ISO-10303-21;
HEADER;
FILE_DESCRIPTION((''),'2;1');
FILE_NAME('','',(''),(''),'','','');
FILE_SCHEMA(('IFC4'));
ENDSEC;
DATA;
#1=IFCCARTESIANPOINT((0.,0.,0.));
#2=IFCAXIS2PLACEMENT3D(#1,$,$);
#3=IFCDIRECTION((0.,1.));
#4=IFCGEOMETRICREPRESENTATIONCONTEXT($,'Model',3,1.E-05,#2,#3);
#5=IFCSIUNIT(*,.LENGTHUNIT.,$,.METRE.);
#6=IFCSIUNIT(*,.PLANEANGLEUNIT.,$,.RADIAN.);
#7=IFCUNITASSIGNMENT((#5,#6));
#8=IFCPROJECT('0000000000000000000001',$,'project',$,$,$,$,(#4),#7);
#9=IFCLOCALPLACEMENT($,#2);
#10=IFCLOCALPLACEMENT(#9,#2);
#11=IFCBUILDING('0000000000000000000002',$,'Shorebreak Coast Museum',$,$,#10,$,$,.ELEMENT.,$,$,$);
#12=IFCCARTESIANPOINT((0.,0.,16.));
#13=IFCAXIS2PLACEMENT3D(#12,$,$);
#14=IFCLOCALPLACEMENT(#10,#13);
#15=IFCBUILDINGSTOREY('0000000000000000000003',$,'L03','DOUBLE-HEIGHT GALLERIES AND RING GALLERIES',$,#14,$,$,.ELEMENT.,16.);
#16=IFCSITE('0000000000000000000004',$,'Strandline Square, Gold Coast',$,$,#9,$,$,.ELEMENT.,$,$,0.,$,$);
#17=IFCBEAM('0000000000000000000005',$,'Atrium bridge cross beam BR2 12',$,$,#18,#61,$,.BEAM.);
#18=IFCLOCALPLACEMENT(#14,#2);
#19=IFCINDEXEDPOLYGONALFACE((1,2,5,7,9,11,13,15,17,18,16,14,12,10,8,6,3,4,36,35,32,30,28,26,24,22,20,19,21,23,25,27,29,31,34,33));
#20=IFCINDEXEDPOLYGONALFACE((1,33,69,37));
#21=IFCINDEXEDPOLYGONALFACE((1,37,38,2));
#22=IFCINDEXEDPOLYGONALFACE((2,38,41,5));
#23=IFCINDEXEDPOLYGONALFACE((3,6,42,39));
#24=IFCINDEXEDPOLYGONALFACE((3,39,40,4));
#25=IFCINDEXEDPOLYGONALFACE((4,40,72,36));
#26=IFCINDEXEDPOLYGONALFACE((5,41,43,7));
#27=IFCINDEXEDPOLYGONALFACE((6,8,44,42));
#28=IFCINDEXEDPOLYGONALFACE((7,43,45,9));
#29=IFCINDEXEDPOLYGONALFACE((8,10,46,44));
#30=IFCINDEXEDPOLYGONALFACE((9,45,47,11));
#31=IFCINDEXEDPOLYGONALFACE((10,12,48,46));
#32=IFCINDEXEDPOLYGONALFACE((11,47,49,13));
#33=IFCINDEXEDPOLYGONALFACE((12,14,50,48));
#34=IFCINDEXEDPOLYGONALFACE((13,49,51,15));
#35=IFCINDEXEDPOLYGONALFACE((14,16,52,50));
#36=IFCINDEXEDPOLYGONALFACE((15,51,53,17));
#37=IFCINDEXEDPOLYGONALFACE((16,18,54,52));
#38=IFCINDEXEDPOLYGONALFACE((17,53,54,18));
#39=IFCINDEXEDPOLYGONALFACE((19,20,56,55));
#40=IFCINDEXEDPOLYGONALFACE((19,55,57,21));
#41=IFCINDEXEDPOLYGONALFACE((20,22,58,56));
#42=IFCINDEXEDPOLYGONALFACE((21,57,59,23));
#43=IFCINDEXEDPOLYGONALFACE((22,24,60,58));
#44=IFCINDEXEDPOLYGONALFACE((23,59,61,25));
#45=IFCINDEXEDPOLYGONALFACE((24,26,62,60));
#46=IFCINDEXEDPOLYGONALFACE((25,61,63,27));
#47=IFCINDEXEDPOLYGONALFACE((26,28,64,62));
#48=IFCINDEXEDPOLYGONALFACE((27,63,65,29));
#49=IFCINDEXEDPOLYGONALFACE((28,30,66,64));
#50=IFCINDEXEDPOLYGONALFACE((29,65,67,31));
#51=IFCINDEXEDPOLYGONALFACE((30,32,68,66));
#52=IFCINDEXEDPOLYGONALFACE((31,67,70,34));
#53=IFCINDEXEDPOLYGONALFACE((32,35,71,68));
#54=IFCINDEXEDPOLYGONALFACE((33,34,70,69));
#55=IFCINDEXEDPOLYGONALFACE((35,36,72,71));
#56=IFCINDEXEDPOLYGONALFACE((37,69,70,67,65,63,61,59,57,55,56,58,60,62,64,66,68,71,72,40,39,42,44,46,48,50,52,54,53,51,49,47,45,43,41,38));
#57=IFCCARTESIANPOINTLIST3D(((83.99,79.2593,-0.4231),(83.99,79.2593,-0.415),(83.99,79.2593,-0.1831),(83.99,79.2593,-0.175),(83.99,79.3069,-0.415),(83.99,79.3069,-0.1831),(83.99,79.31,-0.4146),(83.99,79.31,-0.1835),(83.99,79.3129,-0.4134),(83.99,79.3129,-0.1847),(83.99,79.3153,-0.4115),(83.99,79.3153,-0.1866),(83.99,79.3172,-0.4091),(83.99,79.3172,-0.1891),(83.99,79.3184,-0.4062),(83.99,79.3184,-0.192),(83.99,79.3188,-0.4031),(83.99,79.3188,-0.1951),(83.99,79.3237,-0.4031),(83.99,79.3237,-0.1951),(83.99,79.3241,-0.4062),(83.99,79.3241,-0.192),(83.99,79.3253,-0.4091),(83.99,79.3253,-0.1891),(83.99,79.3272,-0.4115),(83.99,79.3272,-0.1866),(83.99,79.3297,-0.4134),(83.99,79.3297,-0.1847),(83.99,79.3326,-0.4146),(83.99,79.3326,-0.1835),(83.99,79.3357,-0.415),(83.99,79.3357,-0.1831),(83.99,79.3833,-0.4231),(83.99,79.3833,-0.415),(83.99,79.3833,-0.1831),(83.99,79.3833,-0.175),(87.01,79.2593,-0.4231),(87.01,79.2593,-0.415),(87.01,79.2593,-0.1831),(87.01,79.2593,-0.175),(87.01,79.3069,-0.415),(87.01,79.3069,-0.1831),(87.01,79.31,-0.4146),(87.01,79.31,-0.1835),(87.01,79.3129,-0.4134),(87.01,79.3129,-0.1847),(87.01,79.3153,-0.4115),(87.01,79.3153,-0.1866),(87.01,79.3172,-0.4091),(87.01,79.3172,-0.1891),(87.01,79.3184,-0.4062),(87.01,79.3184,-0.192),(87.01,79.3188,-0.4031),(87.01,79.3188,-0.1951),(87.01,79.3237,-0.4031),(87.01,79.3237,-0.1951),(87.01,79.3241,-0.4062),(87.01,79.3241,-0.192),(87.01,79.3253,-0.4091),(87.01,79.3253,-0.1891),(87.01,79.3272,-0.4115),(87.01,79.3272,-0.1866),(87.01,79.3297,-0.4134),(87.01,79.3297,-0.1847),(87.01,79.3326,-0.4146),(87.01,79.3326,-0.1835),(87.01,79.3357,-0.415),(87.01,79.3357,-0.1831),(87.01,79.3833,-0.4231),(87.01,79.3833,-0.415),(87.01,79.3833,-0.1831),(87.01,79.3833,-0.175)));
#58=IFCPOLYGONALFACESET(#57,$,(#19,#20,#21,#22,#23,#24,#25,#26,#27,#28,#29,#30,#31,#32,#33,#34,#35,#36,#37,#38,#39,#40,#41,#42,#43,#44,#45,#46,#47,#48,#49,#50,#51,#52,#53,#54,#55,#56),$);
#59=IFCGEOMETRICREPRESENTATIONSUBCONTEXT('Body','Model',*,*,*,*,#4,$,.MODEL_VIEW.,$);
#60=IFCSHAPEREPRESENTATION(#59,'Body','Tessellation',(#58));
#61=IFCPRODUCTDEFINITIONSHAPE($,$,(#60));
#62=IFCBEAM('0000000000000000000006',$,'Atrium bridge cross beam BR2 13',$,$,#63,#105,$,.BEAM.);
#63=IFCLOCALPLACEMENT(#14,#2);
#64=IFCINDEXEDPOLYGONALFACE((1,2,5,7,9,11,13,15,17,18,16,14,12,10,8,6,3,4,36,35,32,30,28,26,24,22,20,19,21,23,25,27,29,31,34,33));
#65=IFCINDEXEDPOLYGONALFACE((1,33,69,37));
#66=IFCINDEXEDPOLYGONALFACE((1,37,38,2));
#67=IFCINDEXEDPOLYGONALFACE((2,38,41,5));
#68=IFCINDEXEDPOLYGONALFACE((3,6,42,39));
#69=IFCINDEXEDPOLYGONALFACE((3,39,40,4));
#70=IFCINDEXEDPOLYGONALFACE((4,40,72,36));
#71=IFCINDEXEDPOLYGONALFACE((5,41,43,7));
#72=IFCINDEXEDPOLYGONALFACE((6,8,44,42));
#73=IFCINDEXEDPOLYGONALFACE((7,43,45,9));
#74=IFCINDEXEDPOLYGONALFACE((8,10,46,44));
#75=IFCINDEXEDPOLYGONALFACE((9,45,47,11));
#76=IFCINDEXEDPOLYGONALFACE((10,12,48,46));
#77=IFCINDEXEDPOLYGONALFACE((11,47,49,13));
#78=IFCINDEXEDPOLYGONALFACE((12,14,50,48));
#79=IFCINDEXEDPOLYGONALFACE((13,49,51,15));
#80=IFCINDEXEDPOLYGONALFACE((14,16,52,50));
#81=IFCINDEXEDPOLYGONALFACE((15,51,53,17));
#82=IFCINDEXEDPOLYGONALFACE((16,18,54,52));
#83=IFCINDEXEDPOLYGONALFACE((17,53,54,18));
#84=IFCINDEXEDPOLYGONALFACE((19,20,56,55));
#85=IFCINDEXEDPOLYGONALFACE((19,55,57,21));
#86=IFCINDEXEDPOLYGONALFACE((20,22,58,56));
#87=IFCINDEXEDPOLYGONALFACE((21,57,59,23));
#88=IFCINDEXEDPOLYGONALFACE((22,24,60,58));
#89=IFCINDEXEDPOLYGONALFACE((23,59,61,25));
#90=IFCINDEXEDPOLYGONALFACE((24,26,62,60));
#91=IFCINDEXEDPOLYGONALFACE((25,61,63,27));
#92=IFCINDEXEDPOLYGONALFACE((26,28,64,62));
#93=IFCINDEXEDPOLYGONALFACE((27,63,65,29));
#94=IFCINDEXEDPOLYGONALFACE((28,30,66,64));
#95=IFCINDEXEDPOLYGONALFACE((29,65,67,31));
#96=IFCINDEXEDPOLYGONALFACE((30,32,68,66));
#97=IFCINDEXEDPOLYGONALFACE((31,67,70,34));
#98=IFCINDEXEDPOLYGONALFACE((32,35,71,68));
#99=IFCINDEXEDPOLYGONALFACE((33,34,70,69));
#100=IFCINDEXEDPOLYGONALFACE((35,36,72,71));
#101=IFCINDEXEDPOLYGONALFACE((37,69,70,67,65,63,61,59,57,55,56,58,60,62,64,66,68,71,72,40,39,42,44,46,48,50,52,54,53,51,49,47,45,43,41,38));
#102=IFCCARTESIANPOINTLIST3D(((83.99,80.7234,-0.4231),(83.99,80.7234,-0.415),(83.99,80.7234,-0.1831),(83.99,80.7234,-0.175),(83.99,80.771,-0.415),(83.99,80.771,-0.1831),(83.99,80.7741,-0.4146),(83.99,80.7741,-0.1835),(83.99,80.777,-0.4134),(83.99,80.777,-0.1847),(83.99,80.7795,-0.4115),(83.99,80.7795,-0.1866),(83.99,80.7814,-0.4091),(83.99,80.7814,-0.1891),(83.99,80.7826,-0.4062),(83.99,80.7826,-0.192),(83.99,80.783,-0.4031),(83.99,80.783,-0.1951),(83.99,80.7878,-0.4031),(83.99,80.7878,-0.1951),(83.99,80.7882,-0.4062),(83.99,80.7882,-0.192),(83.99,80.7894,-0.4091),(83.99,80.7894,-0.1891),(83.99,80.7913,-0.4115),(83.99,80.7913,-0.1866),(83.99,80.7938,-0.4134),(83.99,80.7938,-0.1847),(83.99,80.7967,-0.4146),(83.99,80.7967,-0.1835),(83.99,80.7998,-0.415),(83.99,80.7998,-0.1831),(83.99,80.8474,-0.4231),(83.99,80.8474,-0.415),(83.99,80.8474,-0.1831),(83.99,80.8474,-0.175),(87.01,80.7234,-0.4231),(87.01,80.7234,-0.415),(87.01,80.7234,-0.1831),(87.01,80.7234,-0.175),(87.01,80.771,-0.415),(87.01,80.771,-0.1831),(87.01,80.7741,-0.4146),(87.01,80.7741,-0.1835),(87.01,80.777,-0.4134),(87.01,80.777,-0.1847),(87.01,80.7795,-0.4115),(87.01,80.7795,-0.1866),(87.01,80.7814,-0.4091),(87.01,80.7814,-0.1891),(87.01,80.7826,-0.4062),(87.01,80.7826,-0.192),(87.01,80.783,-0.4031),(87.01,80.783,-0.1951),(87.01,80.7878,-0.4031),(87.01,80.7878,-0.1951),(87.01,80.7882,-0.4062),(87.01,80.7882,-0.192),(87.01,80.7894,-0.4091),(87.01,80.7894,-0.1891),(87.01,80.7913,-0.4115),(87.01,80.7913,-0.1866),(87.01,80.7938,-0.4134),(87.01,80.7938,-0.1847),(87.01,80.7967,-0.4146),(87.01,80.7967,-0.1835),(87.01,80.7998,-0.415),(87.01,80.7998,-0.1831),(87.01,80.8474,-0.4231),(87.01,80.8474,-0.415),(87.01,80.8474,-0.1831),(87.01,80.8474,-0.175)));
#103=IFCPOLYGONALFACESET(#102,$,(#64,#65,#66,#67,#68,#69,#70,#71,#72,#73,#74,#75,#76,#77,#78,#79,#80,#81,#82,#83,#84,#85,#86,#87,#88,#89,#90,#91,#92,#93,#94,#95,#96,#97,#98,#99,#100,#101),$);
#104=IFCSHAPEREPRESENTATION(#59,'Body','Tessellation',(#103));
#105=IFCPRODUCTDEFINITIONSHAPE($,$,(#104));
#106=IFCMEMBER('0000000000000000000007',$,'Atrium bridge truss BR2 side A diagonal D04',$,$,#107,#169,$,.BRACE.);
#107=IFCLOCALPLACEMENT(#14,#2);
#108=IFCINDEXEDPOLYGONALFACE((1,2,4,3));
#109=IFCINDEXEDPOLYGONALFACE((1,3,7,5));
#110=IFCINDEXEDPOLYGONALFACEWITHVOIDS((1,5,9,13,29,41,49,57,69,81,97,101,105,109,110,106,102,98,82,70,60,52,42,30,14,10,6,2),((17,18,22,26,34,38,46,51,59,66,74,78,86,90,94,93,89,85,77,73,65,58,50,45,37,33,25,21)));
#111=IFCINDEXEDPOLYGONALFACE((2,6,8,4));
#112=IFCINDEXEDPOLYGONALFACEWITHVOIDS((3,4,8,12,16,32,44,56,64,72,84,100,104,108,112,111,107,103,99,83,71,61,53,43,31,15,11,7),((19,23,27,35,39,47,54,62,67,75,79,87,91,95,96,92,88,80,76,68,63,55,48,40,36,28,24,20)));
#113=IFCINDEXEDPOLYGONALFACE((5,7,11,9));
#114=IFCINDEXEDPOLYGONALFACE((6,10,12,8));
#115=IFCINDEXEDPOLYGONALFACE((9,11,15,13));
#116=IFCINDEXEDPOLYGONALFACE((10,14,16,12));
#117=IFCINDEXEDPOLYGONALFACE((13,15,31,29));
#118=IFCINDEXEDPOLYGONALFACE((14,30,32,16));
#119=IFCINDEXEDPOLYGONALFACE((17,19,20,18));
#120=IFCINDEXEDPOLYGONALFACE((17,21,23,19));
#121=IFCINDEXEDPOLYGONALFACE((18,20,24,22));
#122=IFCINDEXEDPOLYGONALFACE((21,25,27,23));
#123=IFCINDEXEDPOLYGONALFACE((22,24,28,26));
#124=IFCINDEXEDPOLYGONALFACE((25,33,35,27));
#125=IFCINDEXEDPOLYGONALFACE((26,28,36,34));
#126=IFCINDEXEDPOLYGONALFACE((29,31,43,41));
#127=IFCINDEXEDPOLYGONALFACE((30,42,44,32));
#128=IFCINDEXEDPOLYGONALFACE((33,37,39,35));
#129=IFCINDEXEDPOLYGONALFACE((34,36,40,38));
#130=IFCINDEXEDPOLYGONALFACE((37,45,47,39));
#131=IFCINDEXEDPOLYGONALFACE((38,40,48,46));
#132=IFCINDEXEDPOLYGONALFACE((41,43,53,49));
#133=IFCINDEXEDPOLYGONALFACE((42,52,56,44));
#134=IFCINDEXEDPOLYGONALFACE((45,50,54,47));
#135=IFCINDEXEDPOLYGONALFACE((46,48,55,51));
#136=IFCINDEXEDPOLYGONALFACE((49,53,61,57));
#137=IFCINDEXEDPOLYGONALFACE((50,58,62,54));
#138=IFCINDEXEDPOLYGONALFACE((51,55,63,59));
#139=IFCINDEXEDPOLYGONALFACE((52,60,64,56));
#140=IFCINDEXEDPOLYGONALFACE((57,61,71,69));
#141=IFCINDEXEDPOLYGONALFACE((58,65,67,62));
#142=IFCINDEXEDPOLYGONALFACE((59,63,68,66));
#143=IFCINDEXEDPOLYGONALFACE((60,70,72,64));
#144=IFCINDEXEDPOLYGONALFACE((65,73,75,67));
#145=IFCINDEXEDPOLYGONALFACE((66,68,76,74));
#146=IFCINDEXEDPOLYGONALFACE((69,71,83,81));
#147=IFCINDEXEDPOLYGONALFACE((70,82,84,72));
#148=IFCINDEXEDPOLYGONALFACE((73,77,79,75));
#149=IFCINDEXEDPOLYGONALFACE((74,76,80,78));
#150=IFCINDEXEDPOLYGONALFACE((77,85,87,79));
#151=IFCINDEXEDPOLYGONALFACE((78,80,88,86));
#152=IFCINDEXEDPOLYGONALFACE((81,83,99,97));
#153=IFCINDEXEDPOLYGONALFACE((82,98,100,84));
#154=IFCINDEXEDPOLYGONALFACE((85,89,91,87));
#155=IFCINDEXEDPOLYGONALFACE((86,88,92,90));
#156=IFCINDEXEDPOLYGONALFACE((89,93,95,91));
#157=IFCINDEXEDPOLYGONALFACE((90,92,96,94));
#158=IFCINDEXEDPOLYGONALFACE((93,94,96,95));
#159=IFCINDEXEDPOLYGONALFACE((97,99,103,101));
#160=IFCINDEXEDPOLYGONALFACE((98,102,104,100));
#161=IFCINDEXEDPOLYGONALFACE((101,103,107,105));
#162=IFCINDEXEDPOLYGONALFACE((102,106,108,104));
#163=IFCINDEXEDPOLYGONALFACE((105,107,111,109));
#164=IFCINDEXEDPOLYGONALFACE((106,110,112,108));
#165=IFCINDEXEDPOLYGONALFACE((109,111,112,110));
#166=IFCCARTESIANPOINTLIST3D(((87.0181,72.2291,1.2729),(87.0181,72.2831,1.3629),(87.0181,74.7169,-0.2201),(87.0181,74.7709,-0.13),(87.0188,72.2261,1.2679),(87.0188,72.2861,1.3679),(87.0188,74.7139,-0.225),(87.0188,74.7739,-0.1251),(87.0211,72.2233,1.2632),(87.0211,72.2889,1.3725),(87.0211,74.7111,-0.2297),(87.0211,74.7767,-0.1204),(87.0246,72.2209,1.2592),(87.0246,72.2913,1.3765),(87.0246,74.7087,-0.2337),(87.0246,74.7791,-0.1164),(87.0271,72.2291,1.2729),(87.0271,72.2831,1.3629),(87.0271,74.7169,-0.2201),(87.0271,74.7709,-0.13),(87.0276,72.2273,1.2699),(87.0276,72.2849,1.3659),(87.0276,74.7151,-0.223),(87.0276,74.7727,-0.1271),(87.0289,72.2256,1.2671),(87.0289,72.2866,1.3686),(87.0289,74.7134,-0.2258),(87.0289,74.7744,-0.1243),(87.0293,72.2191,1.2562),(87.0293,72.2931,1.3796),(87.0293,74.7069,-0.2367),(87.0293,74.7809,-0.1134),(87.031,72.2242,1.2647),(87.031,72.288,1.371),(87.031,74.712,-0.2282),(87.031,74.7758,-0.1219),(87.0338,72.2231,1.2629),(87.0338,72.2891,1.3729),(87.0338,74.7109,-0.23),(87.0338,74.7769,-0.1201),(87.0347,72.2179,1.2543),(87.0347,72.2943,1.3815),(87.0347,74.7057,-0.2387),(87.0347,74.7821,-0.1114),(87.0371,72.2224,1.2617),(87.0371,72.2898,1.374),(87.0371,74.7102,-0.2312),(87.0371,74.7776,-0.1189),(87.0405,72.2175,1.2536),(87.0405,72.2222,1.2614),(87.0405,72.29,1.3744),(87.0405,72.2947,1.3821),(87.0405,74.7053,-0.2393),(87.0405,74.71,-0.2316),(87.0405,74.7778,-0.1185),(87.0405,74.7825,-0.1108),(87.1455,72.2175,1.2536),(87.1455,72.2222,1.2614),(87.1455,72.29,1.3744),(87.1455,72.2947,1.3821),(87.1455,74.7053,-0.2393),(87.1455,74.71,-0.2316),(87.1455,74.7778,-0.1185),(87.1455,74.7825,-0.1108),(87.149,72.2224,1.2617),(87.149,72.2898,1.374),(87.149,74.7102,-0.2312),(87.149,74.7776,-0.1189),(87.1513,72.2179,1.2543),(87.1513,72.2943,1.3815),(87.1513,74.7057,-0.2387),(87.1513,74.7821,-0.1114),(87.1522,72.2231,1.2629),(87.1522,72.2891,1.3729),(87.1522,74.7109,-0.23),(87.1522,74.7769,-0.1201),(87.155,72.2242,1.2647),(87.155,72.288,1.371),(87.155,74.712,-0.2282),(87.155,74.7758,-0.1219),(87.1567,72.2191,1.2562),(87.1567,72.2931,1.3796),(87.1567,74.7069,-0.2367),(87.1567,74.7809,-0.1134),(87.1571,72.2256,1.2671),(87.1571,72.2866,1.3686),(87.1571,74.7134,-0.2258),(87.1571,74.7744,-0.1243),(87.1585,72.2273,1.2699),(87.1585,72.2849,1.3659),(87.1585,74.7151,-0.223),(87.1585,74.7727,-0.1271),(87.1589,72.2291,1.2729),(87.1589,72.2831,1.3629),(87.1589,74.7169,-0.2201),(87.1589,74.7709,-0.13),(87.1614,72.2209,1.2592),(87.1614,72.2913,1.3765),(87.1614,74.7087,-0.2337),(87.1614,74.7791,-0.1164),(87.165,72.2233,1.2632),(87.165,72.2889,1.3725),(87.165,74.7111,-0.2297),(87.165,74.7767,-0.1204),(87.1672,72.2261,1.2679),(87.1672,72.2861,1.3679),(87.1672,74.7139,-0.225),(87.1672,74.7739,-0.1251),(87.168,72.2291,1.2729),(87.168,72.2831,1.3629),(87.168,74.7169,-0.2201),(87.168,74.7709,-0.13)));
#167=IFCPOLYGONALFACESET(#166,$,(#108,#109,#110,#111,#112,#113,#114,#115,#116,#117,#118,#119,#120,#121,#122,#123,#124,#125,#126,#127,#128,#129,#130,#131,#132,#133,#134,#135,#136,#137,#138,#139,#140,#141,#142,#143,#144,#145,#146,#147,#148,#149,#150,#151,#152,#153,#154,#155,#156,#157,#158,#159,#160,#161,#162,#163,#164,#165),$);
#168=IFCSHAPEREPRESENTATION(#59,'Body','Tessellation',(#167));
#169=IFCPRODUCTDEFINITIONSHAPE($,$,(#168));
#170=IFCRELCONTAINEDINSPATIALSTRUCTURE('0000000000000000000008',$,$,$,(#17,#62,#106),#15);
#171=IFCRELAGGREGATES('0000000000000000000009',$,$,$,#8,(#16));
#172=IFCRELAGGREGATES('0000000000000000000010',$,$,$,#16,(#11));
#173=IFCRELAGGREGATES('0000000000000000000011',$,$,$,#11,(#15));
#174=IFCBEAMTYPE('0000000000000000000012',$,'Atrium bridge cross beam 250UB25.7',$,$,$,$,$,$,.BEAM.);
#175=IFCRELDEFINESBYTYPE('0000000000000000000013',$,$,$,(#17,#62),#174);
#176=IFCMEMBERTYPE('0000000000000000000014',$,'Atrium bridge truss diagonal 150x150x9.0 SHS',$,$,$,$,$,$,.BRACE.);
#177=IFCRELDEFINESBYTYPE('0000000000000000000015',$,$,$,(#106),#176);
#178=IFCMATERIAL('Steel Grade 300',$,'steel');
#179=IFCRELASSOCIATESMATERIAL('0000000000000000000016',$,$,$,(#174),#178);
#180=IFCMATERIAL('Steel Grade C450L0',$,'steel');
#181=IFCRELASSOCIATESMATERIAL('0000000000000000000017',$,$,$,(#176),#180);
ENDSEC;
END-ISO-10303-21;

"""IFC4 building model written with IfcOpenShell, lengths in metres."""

from ifc_helpers import new_model, si_unit, direction, frame, origin, origin_2d, place, context, subcontext, project, spatial, hollow_rectangle, i_section, extrude, material, material_profile, profile_set, type_object, element, save


model = new_model("IFC4")

# Units and contexts
model_context = context("Model", 3, precision=1e-05, world=origin(), true_north=direction((0.0, 1.0)))
body_context = subcontext(model_context, "Body", "Model", "MODEL_VIEW")
ifc_project = project(units=[si_unit("LENGTHUNIT", "METRE"), si_unit("PLANEANGLEUNIT", "RADIAN")], contexts=[model_context])

# Site, building, storey
site_placement = place(None, origin())
site = spatial("IfcSite", under=ifc_project, at=site_placement, Name="Strandline Square, Gold Coast", CompositionType="ELEMENT", RefElevation=0.0)
building_placement = place(site_placement, origin())
building = spatial("IfcBuilding", under=site, at=building_placement, Name="Shorebreak Coast Museum", CompositionType="ELEMENT")
storey_placement = place(building_placement, frame((0.0, 0.0, 16.0)))
storey = spatial("IfcBuildingStorey", under=building, at=storey_placement, Name="L03", Description="DOUBLE-HEIGHT GALLERIES AND RING GALLERIES", CompositionType="ELEMENT", Elevation=16.0)

# Beams
ifc_material_1 = material(Name="Steel Grade 300", Category="steel")
ifc_material_profile_1 = material_profile(ifc_material_1, i_section(OverallWidth=0.124, OverallDepth=0.248, WebThickness=0.0049, FlangeThickness=0.0081, FilletRadius=0.012, at=origin_2d()), Name="250UB25.7")
ifc_profile_set_1 = profile_set([ifc_material_profile_1], Name="Steel Grade 300")
beam_type = type_object("IfcBeamType", Name="Atrium bridge cross beam 250UB25.7", PredefinedType="BEAM", material=ifc_profile_set_1)
for number, where, z_axis, x_axis, name in (
    (1, (87.01, 79.3213, -0.2991), (-1.0, 0.0, 0.0), (0.0, -1.0, 0.0), "Atrium bridge cross beam BR2 12"),
    (2, (87.01, 80.7854, -0.2991), (-1.0, 0.0, 0.0), (0.0, -1.0, 0.0), "Atrium bridge cross beam BR2 13"),
):
    element("IfcBeam", number, at=place(storey_placement, frame(where, z_axis=z_axis, x_axis=x_axis)), inside=storey, type_object=beam_type, Name=name, PredefinedType="BEAM", context=body_context, shape_type="SweptSolid", body=[
        extrude(i_section(OverallWidth=0.124, OverallDepth=0.248, WebThickness=0.0049, FlangeThickness=0.0081, FilletRadius=0.012, at=origin_2d()), origin(), (0.0, 0.0, 1.0), 3.02),
    ])

# Member
ifc_material_2 = material(Name="Steel Grade C450L0", Category="steel")
ifc_material_profile_2 = material_profile(ifc_material_2, hollow_rectangle(XDim=0.1499, YDim=0.1499, WallThickness=0.009, InnerFilletRadius=0.0134, OuterFilletRadius=0.0225, at=origin_2d()), Name="150x150x9.0 SHS")
ifc_profile_set_2 = profile_set([ifc_material_profile_2], Name="Steel Grade C450L0")
member_type_1 = type_object("IfcMemberType", Name="Atrium bridge truss diagonal 150x150x9.0 SHS", PredefinedType="BRACE", material=ifc_profile_set_2)
for number, where, z_axis, x_axis, name in (
    (3, (87.093, 74.7439, -0.175), (0.0, -0.857456, 0.514558), (1.0, 0.0, 0.0), "Atrium bridge truss BR2 side A diagonal D04"),
):
    element("IfcMember", number, at=place(storey_placement, frame(where, z_axis=z_axis, x_axis=x_axis)), inside=storey, type_object=member_type_1, Name=name, PredefinedType="BRACE", context=body_context, shape_type="SweptSolid", body=[
        extrude(hollow_rectangle(XDim=0.1499, YDim=0.1499, WallThickness=0.009, InnerFilletRadius=0.0134, OuterFilletRadius=0.0225, at=origin_2d()), origin(), (0.0, 0.0, 1.0), 2.9014),
    ])

save(model, "model.ifc")
